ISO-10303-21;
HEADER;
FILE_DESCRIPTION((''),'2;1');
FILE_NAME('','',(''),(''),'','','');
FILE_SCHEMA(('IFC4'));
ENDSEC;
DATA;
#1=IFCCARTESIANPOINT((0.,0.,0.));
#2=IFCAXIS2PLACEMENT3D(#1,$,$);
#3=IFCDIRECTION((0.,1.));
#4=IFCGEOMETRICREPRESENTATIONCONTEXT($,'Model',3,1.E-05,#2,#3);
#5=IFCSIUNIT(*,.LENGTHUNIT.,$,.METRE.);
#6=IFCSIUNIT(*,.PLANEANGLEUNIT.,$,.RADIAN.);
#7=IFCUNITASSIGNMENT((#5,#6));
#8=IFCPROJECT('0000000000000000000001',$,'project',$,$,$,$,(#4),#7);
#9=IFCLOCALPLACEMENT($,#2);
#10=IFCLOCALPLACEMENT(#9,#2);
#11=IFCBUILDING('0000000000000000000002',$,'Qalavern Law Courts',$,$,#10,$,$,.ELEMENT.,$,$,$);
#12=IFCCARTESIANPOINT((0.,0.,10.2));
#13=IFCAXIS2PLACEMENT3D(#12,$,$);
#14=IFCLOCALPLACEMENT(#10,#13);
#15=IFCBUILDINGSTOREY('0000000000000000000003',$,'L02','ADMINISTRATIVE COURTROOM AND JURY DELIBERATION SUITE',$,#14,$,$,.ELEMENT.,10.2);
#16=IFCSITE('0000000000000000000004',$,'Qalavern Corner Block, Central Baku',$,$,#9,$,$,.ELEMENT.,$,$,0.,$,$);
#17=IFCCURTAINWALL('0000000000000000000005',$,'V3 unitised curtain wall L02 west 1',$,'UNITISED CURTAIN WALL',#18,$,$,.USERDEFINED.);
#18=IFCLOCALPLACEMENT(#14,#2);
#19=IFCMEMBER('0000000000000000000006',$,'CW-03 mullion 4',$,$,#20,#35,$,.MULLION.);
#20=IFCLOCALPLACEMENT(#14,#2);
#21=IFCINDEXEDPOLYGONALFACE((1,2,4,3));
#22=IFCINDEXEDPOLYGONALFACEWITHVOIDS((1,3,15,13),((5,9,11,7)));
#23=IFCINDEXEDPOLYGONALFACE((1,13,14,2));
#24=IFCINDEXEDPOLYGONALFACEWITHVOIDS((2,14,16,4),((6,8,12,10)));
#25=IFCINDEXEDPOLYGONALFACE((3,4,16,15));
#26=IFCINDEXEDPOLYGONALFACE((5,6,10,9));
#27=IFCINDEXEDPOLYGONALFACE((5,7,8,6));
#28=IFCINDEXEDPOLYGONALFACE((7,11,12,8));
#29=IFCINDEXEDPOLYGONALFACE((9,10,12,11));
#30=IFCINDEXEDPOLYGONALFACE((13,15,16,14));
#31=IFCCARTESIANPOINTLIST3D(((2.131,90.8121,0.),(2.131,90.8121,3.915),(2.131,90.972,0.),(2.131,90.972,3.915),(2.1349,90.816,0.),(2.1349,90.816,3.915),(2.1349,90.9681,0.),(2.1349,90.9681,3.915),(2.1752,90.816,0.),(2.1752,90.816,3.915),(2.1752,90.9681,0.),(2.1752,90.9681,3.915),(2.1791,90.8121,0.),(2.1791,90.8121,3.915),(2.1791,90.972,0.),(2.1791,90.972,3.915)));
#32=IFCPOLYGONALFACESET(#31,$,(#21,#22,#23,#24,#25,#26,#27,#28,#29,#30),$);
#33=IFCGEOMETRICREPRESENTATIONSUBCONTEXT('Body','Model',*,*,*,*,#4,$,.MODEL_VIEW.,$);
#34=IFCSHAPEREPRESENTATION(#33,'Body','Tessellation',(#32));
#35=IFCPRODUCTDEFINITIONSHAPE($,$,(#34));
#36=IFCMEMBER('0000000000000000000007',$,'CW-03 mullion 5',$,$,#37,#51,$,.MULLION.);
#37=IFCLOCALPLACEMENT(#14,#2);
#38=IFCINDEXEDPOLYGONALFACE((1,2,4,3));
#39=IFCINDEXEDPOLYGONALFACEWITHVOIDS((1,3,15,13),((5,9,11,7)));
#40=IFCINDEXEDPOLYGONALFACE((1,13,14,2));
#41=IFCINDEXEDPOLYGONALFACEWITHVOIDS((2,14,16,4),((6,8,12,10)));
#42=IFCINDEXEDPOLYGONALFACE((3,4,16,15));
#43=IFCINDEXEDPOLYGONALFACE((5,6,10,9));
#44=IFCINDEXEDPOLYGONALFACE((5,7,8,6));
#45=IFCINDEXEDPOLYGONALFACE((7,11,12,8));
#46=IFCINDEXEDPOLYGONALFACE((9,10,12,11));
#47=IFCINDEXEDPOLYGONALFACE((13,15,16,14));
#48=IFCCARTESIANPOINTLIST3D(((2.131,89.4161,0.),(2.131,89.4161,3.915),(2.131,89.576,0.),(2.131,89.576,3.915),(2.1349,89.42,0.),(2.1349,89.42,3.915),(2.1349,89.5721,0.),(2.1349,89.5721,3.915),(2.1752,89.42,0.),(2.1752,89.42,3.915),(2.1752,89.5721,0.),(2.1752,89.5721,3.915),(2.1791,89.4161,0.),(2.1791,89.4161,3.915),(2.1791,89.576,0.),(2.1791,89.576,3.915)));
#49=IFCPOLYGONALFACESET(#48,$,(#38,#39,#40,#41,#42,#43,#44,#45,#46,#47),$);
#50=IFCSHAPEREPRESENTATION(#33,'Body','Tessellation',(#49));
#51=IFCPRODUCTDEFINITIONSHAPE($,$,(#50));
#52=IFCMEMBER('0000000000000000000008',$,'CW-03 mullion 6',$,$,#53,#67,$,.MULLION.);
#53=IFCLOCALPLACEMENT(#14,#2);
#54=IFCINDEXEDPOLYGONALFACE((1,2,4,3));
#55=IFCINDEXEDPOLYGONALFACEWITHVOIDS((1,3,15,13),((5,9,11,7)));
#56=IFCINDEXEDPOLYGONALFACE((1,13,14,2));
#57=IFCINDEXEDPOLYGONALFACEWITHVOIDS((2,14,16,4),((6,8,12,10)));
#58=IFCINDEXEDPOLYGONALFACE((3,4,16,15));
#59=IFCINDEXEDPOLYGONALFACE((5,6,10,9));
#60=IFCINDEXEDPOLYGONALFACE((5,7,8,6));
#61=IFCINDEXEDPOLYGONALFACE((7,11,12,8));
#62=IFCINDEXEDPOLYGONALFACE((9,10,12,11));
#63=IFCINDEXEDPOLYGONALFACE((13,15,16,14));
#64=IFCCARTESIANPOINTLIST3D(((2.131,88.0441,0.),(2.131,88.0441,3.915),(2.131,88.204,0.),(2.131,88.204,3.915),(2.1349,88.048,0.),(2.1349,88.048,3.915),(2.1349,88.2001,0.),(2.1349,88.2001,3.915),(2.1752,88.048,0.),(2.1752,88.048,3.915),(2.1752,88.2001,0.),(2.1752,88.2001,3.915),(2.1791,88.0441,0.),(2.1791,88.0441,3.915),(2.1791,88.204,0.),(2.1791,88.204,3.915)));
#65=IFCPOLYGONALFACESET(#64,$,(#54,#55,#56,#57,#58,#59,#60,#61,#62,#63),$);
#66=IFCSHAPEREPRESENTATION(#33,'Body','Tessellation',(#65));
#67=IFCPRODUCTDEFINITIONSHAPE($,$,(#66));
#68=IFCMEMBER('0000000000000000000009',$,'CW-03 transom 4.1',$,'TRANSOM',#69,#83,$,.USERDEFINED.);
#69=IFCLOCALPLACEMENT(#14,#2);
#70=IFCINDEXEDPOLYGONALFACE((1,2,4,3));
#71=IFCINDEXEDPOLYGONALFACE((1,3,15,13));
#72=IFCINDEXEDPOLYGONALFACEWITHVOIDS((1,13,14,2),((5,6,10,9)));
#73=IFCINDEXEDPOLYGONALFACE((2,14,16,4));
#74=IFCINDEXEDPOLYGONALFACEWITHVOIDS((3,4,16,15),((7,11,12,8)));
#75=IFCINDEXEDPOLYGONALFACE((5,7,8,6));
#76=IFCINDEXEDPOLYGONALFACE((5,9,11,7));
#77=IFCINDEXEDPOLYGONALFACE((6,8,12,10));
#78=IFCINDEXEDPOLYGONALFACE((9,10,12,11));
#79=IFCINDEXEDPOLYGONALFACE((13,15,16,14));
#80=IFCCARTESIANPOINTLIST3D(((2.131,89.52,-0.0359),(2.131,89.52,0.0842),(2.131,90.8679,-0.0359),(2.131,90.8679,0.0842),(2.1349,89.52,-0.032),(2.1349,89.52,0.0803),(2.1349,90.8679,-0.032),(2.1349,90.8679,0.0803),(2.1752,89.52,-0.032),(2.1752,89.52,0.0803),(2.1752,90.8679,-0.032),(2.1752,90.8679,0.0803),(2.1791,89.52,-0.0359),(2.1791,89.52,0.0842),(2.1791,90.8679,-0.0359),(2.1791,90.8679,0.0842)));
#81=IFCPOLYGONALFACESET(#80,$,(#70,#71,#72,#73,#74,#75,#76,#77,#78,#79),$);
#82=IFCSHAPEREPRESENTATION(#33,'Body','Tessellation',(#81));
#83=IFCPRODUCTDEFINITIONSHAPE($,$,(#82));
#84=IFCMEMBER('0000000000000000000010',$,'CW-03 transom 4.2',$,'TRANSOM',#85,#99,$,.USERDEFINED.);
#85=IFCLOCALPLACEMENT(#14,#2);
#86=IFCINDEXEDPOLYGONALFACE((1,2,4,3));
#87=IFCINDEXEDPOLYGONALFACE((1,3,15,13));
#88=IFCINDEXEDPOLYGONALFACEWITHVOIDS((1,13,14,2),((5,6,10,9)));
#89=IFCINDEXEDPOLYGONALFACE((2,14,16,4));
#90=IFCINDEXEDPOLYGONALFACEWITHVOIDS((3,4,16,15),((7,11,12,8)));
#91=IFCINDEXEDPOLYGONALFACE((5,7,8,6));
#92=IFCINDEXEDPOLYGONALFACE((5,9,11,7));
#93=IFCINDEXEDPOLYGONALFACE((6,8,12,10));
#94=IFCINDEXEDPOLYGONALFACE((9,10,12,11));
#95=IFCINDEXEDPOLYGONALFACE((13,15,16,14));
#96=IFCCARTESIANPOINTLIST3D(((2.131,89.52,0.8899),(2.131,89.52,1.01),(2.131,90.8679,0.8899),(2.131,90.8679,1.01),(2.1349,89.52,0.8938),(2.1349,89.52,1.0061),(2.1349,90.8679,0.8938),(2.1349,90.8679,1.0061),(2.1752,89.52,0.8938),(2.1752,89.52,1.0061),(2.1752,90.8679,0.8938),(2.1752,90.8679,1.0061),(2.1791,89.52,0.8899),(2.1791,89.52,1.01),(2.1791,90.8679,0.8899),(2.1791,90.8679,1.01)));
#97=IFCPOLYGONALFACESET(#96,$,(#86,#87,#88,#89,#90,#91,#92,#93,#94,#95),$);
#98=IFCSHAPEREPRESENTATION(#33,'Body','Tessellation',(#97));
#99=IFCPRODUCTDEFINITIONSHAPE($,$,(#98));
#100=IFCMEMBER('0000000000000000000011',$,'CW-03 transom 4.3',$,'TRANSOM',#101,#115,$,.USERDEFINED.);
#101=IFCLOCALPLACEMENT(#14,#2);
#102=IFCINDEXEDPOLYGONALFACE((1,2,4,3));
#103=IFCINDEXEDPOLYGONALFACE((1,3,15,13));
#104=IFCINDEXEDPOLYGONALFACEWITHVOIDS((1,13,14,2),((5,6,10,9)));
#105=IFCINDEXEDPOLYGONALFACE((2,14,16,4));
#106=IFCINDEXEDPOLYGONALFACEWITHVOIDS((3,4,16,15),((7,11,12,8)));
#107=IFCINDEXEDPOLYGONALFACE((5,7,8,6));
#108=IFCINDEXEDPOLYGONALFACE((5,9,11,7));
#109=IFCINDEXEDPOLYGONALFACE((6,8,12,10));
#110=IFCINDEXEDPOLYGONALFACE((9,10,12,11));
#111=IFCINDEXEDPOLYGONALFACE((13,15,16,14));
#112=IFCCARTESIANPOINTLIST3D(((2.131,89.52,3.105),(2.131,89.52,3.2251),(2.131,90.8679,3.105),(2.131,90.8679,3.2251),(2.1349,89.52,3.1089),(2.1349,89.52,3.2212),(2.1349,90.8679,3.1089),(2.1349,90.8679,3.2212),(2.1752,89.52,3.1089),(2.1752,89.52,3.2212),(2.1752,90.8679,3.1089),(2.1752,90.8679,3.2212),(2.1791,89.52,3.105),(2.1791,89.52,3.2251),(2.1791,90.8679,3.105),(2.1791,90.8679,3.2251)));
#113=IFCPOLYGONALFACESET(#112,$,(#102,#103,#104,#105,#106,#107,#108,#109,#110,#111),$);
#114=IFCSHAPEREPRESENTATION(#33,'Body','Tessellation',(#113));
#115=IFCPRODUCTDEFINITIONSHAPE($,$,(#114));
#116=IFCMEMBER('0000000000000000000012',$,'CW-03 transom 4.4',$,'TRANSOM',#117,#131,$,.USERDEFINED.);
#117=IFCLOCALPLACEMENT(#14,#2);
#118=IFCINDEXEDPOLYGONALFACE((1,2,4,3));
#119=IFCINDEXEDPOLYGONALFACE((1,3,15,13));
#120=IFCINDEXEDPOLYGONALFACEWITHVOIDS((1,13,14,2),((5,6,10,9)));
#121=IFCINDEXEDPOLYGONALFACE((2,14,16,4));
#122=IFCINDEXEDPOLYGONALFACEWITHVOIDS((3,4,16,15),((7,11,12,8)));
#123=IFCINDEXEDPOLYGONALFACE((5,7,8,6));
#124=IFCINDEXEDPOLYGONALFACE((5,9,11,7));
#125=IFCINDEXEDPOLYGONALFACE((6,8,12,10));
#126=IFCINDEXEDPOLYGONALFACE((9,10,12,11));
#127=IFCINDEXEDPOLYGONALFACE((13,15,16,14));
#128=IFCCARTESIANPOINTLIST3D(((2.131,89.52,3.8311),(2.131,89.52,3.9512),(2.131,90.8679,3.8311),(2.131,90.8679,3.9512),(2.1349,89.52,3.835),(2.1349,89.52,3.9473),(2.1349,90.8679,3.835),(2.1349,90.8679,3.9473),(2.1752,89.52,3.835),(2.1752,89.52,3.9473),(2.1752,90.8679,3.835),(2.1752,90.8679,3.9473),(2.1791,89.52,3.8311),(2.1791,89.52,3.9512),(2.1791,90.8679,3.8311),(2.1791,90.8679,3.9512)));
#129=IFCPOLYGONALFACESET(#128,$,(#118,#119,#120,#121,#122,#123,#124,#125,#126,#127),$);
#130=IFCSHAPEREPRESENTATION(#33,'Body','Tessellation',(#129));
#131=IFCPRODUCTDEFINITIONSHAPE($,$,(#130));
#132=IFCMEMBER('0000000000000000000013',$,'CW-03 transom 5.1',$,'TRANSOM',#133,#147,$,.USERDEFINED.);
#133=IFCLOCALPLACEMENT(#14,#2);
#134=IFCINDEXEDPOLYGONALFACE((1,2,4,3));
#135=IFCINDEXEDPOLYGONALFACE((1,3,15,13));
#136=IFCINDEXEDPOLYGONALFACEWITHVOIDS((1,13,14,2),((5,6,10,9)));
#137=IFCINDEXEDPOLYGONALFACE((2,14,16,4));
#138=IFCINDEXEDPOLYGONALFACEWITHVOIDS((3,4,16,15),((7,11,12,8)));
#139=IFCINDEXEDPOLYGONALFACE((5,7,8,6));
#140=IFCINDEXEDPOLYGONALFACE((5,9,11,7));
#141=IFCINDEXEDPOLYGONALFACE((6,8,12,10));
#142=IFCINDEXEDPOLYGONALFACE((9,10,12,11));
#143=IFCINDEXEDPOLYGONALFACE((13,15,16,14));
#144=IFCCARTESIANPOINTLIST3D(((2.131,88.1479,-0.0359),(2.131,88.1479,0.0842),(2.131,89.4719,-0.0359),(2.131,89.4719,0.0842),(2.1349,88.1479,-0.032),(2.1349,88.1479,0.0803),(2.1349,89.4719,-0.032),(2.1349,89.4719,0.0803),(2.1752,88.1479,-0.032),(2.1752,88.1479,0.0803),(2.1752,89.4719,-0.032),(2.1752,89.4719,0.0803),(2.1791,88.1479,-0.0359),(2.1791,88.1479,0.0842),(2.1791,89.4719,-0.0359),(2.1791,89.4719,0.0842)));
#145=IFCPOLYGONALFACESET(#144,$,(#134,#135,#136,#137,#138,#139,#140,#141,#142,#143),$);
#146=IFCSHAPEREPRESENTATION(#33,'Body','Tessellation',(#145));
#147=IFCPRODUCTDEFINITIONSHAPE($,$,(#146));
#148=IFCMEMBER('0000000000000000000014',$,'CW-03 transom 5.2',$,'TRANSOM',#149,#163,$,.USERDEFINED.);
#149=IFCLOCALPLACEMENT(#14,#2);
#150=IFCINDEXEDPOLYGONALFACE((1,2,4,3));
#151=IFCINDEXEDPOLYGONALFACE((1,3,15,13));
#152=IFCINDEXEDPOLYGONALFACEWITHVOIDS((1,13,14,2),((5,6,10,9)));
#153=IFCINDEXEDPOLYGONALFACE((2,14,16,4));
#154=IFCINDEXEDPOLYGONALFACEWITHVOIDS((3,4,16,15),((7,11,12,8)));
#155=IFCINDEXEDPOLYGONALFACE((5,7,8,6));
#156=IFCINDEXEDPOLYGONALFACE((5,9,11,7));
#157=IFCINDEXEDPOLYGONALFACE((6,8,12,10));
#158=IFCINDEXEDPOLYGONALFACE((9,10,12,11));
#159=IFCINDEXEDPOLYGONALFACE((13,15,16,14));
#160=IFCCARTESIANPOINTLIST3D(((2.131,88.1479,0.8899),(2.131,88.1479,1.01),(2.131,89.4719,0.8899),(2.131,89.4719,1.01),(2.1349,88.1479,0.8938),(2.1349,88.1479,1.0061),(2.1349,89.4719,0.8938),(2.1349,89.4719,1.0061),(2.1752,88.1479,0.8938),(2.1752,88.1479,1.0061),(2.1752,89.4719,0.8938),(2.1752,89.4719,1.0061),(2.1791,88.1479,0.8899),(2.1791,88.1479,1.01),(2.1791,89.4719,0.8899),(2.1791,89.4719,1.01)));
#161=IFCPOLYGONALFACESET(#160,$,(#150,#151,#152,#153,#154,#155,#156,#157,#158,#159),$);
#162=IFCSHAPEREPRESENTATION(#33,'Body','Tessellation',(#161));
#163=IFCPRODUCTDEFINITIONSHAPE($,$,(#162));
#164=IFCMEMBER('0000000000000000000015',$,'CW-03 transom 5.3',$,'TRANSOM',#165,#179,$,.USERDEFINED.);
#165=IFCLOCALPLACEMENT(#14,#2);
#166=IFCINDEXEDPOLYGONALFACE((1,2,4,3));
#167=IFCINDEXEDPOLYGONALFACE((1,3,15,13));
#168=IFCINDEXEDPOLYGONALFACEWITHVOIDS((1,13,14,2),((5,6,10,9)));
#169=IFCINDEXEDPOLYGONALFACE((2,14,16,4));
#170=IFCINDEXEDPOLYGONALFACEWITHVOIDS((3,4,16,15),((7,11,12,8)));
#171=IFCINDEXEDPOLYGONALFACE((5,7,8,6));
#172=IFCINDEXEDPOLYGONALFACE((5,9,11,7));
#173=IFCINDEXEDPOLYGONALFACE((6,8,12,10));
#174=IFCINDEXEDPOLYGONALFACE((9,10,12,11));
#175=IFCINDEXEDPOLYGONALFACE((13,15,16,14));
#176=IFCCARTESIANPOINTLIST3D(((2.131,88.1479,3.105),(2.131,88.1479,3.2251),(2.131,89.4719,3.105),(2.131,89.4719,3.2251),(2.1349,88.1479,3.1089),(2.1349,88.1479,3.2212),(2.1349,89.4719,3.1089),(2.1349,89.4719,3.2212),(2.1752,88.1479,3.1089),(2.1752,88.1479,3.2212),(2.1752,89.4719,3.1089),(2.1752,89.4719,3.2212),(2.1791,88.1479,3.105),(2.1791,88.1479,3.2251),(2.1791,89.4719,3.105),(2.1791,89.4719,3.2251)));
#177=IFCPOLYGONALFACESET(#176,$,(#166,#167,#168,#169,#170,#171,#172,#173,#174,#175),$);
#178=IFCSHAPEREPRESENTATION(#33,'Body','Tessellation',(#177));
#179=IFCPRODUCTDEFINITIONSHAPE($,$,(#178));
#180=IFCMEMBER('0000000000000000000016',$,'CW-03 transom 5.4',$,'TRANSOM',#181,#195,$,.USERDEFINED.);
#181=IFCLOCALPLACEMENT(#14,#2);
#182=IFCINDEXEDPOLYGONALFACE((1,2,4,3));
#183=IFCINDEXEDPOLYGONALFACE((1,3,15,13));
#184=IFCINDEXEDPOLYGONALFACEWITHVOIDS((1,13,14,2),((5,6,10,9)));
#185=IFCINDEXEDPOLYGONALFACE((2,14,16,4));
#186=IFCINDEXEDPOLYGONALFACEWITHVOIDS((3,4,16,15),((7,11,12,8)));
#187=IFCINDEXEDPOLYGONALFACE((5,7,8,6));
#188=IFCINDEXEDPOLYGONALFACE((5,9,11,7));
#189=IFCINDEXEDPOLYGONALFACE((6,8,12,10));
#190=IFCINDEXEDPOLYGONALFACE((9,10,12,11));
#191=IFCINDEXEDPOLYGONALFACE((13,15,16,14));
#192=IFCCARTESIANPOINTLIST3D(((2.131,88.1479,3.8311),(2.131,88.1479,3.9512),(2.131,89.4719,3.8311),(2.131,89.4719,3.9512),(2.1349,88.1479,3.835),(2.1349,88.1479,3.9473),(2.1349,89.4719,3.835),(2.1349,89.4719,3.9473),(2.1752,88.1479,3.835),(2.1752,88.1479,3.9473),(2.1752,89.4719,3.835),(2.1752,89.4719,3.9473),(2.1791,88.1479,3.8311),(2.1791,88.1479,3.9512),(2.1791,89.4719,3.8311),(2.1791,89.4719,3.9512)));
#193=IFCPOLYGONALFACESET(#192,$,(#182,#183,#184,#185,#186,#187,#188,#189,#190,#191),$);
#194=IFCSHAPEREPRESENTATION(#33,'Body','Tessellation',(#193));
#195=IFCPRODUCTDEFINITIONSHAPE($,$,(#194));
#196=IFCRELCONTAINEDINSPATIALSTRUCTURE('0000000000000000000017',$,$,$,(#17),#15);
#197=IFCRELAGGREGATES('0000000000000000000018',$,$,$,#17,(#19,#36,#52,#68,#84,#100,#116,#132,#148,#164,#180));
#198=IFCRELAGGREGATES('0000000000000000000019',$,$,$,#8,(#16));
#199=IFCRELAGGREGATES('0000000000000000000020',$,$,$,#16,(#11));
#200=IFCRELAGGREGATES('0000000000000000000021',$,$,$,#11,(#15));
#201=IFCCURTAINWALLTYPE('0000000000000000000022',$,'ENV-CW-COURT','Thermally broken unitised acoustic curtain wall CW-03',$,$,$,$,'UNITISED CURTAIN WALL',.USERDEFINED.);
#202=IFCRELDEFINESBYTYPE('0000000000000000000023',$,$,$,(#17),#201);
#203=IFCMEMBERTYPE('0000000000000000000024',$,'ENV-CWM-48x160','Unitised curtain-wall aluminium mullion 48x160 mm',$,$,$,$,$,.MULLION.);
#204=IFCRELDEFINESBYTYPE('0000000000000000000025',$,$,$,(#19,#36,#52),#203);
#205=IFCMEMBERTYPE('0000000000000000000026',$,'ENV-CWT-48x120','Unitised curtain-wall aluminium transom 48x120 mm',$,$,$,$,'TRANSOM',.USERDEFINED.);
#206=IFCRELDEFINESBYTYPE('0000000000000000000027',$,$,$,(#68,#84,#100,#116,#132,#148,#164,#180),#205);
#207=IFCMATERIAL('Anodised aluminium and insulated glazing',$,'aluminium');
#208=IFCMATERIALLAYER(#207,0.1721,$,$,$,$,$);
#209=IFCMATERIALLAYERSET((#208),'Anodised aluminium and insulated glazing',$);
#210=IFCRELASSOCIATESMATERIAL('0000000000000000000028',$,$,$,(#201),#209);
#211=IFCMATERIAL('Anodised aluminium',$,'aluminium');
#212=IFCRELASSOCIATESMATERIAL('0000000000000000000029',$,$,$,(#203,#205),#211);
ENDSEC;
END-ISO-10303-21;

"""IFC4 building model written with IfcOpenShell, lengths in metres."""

from ifc_helpers import new_model, si_unit, direction, frame, origin, origin_2d, place, context, subcontext, project, spatial, hollow_rectangle, extrude, material, layer, layer_set, material_profile, profile_set, type_object, element, aggregate, save


model = new_model("IFC4")

# Units and contexts
model_context = context("Model", 3, precision=1e-05, world=origin(), true_north=direction((0.0, 1.0)))
body_context = subcontext(model_context, "Body", "Model", "MODEL_VIEW")
ifc_project = project(units=[si_unit("LENGTHUNIT", "METRE"), si_unit("PLANEANGLEUNIT", "RADIAN")], contexts=[model_context])

# Site, building, storey
site_placement = place(None, origin())
site = spatial("IfcSite", under=ifc_project, at=site_placement, Name="Qalavern Corner Block, Central Baku", CompositionType="ELEMENT", RefElevation=0.0)
building_placement = place(site_placement, origin())
building = spatial("IfcBuilding", under=site, at=building_placement, Name="Qalavern Law Courts", CompositionType="ELEMENT")
storey_placement = place(building_placement, frame((0.0, 0.0, 10.2)))
storey = spatial("IfcBuildingStorey", under=building, at=storey_placement, Name="L02", Description="ADMINISTRATIVE COURTROOM AND JURY DELIBERATION SUITE", CompositionType="ELEMENT", Elevation=10.2)

# Curtain wall, members
ifc_material_1 = material(Name="Anodised aluminium and insulated glazing", Category="aluminium")
ifc_layer_1 = layer(ifc_material_1, 0.1721)
ifc_layer_set_1 = layer_set([ifc_layer_1], Name="Anodised aluminium and insulated glazing")
curtain_wall_type = type_object("IfcCurtainWallType", Name="ENV-CW-COURT", Description="Thermally broken unitised acoustic curtain wall CW-03", ElementType="UNITISED CURTAIN WALL", PredefinedType="USERDEFINED", material=ifc_layer_set_1)
curtain_wall_placement = place(storey_placement, origin())
curtain_wall = element("IfcCurtainWall", 1, at=curtain_wall_placement, inside=storey, type_object=curtain_wall_type, Name="V3 unitised curtain wall L02 west 1", ObjectType="UNITISED CURTAIN WALL", PredefinedType="USERDEFINED")
ifc_material_2 = material(Name="Anodised aluminium", Category="aluminium")
ifc_material_profile_1 = material_profile(ifc_material_2, hollow_rectangle(XDim=0.0481, YDim=0.1599, WallThickness=0.0039, at=origin_2d()), Name="ALU MULLION 48x160")
ifc_profile_set_1 = profile_set([ifc_material_profile_1], Name="Anodised aluminium")
member_type_1 = type_object("IfcMemberType", Name="ENV-CWM-48x160", Description="Unitised curtain-wall aluminium mullion 48x160 mm", PredefinedType="MULLION", material=ifc_profile_set_1)
member_1_placement = place(storey_placement, frame((2.155, 90.8921, 0.0), z_axis=(0.0, 0.0, 1.0), x_axis=(1.0, 0.0, 0.0)))
member_1 = element("IfcMember", 2, at=member_1_placement, type_object=member_type_1, Name="CW-03 mullion 4", PredefinedType="MULLION", context=body_context, shape_type="SweptSolid", body=[
    extrude(hollow_rectangle(XDim=0.0481, YDim=0.1599, WallThickness=0.0039, at=origin_2d()), origin(), (0.0, 0.0, 1.0), 3.915),
])
member_2_placement = place(storey_placement, frame((2.155, 89.4961, 0.0), z_axis=(0.0, 0.0, 1.0), x_axis=(1.0, 0.0, 0.0)))
member_2 = element("IfcMember", 3, at=member_2_placement, type_object=member_type_1, Name="CW-03 mullion 5", PredefinedType="MULLION", context=body_context, shape_type="SweptSolid", body=[
    extrude(hollow_rectangle(XDim=0.0481, YDim=0.1599, WallThickness=0.0039, at=origin_2d()), origin(), (0.0, 0.0, 1.0), 3.915),
])
member_3_placement = place(storey_placement, frame((2.155, 88.124, 0.0), z_axis=(0.0, 0.0, 1.0), x_axis=(1.0, 0.0, 0.0)))
member_3 = element("IfcMember", 4, at=member_3_placement, type_object=member_type_1, Name="CW-03 mullion 6", PredefinedType="MULLION", context=body_context, shape_type="SweptSolid", body=[
    extrude(hollow_rectangle(XDim=0.0481, YDim=0.1599, WallThickness=0.0039, at=origin_2d()), origin(), (0.0, 0.0, 1.0), 3.915),
])
ifc_material_profile_2 = material_profile(ifc_material_2, hollow_rectangle(XDim=0.0481, YDim=0.1201, WallThickness=0.0039, at=origin_2d()), Name="ALU TRANSOM 48x120")
ifc_profile_set_2 = profile_set([ifc_material_profile_2], Name="Anodised aluminium")
member_type_2 = type_object("IfcMemberType", Name="ENV-CWT-48x120", Description="Unitised curtain-wall aluminium transom 48x120 mm", ElementType="TRANSOM", PredefinedType="USERDEFINED", material=ifc_profile_set_2)
member_4_placement = place(storey_placement, frame((2.155, 90.8679, 0.0242), z_axis=(0.0, -1.0, 0.0), x_axis=(1.0, 0.0, 0.0)))
member_4 = element("IfcMember", 5, at=member_4_placement, type_object=member_type_2, Name="CW-03 transom 4.1", ObjectType="TRANSOM", PredefinedType="USERDEFINED", context=body_context, shape_type="SweptSolid", body=[
    extrude(hollow_rectangle(XDim=0.0481, YDim=0.1201, WallThickness=0.0039, at=origin_2d()), origin(), (0.0, 0.0, 1.0), 1.3479),
])
member_5_placement = place(storey_placement, frame((2.155, 90.8679, 0.95), z_axis=(0.0, -1.0, 0.0), x_axis=(1.0, 0.0, 0.0)))
member_5 = element("IfcMember", 6, at=member_5_placement, type_object=member_type_2, Name="CW-03 transom 4.2", ObjectType="TRANSOM", PredefinedType="USERDEFINED", context=body_context, shape_type="SweptSolid", body=[
    extrude(hollow_rectangle(XDim=0.0481, YDim=0.1201, WallThickness=0.0039, at=origin_2d()), origin(), (0.0, 0.0, 1.0), 1.3479),
])
member_6_placement = place(storey_placement, frame((2.155, 90.8679, 3.165), z_axis=(0.0, -1.0, 0.0), x_axis=(1.0, 0.0, 0.0)))
member_6 = element("IfcMember", 7, at=member_6_placement, type_object=member_type_2, Name="CW-03 transom 4.3", ObjectType="TRANSOM", PredefinedType="USERDEFINED", context=body_context, shape_type="SweptSolid", body=[
    extrude(hollow_rectangle(XDim=0.0481, YDim=0.1201, WallThickness=0.0039, at=origin_2d()), origin(), (0.0, 0.0, 1.0), 1.3479),
])
member_7_placement = place(storey_placement, frame((2.155, 90.8679, 3.8911), z_axis=(0.0, -1.0, 0.0), x_axis=(1.0, 0.0, 0.0)))
member_7 = element("IfcMember", 8, at=member_7_placement, type_object=member_type_2, Name="CW-03 transom 4.4", ObjectType="TRANSOM", PredefinedType="USERDEFINED", context=body_context, shape_type="SweptSolid", body=[
    extrude(hollow_rectangle(XDim=0.0481, YDim=0.1201, WallThickness=0.0039, at=origin_2d()), origin(), (0.0, 0.0, 1.0), 1.3479),
])
member_8_placement = place(storey_placement, frame((2.155, 89.4719, 0.0242), z_axis=(0.0, -1.0, 0.0), x_axis=(1.0, 0.0, 0.0)))
member_8 = element("IfcMember", 9, at=member_8_placement, type_object=member_type_2, Name="CW-03 transom 5.1", ObjectType="TRANSOM", PredefinedType="USERDEFINED", context=body_context, shape_type="SweptSolid", body=[
    extrude(hollow_rectangle(XDim=0.0481, YDim=0.1201, WallThickness=0.0039, at=origin_2d()), origin(), (0.0, 0.0, 1.0), 1.324),
])
member_9_placement = place(storey_placement, frame((2.155, 89.4719, 0.95), z_axis=(0.0, -1.0, 0.0), x_axis=(1.0, 0.0, 0.0)))
member_9 = element("IfcMember", 10, at=member_9_placement, type_object=member_type_2, Name="CW-03 transom 5.2", ObjectType="TRANSOM", PredefinedType="USERDEFINED", context=body_context, shape_type="SweptSolid", body=[
    extrude(hollow_rectangle(XDim=0.0481, YDim=0.1201, WallThickness=0.0039, at=origin_2d()), origin(), (0.0, 0.0, 1.0), 1.324),
])
member_10_placement = place(storey_placement, frame((2.155, 89.4719, 3.165), z_axis=(0.0, -1.0, 0.0), x_axis=(1.0, 0.0, 0.0)))
member_10 = element("IfcMember", 11, at=member_10_placement, type_object=member_type_2, Name="CW-03 transom 5.3", ObjectType="TRANSOM", PredefinedType="USERDEFINED", context=body_context, shape_type="SweptSolid", body=[
    extrude(hollow_rectangle(XDim=0.0481, YDim=0.1201, WallThickness=0.0039, at=origin_2d()), origin(), (0.0, 0.0, 1.0), 1.324),
])
member_11_placement = place(storey_placement, frame((2.155, 89.4719, 3.8911), z_axis=(0.0, -1.0, 0.0), x_axis=(1.0, 0.0, 0.0)))
member_11 = element("IfcMember", 12, at=member_11_placement, type_object=member_type_2, Name="CW-03 transom 5.4", ObjectType="TRANSOM", PredefinedType="USERDEFINED", context=body_context, shape_type="SweptSolid", body=[
    extrude(hollow_rectangle(XDim=0.0481, YDim=0.1201, WallThickness=0.0039, at=origin_2d()), origin(), (0.0, 0.0, 1.0), 1.324),
])
aggregate(curtain_wall, [member_1, member_2, member_3, member_4, member_5, member_6, member_7, member_8, member_9, member_10, member_11])

save(model, "model.ifc")
